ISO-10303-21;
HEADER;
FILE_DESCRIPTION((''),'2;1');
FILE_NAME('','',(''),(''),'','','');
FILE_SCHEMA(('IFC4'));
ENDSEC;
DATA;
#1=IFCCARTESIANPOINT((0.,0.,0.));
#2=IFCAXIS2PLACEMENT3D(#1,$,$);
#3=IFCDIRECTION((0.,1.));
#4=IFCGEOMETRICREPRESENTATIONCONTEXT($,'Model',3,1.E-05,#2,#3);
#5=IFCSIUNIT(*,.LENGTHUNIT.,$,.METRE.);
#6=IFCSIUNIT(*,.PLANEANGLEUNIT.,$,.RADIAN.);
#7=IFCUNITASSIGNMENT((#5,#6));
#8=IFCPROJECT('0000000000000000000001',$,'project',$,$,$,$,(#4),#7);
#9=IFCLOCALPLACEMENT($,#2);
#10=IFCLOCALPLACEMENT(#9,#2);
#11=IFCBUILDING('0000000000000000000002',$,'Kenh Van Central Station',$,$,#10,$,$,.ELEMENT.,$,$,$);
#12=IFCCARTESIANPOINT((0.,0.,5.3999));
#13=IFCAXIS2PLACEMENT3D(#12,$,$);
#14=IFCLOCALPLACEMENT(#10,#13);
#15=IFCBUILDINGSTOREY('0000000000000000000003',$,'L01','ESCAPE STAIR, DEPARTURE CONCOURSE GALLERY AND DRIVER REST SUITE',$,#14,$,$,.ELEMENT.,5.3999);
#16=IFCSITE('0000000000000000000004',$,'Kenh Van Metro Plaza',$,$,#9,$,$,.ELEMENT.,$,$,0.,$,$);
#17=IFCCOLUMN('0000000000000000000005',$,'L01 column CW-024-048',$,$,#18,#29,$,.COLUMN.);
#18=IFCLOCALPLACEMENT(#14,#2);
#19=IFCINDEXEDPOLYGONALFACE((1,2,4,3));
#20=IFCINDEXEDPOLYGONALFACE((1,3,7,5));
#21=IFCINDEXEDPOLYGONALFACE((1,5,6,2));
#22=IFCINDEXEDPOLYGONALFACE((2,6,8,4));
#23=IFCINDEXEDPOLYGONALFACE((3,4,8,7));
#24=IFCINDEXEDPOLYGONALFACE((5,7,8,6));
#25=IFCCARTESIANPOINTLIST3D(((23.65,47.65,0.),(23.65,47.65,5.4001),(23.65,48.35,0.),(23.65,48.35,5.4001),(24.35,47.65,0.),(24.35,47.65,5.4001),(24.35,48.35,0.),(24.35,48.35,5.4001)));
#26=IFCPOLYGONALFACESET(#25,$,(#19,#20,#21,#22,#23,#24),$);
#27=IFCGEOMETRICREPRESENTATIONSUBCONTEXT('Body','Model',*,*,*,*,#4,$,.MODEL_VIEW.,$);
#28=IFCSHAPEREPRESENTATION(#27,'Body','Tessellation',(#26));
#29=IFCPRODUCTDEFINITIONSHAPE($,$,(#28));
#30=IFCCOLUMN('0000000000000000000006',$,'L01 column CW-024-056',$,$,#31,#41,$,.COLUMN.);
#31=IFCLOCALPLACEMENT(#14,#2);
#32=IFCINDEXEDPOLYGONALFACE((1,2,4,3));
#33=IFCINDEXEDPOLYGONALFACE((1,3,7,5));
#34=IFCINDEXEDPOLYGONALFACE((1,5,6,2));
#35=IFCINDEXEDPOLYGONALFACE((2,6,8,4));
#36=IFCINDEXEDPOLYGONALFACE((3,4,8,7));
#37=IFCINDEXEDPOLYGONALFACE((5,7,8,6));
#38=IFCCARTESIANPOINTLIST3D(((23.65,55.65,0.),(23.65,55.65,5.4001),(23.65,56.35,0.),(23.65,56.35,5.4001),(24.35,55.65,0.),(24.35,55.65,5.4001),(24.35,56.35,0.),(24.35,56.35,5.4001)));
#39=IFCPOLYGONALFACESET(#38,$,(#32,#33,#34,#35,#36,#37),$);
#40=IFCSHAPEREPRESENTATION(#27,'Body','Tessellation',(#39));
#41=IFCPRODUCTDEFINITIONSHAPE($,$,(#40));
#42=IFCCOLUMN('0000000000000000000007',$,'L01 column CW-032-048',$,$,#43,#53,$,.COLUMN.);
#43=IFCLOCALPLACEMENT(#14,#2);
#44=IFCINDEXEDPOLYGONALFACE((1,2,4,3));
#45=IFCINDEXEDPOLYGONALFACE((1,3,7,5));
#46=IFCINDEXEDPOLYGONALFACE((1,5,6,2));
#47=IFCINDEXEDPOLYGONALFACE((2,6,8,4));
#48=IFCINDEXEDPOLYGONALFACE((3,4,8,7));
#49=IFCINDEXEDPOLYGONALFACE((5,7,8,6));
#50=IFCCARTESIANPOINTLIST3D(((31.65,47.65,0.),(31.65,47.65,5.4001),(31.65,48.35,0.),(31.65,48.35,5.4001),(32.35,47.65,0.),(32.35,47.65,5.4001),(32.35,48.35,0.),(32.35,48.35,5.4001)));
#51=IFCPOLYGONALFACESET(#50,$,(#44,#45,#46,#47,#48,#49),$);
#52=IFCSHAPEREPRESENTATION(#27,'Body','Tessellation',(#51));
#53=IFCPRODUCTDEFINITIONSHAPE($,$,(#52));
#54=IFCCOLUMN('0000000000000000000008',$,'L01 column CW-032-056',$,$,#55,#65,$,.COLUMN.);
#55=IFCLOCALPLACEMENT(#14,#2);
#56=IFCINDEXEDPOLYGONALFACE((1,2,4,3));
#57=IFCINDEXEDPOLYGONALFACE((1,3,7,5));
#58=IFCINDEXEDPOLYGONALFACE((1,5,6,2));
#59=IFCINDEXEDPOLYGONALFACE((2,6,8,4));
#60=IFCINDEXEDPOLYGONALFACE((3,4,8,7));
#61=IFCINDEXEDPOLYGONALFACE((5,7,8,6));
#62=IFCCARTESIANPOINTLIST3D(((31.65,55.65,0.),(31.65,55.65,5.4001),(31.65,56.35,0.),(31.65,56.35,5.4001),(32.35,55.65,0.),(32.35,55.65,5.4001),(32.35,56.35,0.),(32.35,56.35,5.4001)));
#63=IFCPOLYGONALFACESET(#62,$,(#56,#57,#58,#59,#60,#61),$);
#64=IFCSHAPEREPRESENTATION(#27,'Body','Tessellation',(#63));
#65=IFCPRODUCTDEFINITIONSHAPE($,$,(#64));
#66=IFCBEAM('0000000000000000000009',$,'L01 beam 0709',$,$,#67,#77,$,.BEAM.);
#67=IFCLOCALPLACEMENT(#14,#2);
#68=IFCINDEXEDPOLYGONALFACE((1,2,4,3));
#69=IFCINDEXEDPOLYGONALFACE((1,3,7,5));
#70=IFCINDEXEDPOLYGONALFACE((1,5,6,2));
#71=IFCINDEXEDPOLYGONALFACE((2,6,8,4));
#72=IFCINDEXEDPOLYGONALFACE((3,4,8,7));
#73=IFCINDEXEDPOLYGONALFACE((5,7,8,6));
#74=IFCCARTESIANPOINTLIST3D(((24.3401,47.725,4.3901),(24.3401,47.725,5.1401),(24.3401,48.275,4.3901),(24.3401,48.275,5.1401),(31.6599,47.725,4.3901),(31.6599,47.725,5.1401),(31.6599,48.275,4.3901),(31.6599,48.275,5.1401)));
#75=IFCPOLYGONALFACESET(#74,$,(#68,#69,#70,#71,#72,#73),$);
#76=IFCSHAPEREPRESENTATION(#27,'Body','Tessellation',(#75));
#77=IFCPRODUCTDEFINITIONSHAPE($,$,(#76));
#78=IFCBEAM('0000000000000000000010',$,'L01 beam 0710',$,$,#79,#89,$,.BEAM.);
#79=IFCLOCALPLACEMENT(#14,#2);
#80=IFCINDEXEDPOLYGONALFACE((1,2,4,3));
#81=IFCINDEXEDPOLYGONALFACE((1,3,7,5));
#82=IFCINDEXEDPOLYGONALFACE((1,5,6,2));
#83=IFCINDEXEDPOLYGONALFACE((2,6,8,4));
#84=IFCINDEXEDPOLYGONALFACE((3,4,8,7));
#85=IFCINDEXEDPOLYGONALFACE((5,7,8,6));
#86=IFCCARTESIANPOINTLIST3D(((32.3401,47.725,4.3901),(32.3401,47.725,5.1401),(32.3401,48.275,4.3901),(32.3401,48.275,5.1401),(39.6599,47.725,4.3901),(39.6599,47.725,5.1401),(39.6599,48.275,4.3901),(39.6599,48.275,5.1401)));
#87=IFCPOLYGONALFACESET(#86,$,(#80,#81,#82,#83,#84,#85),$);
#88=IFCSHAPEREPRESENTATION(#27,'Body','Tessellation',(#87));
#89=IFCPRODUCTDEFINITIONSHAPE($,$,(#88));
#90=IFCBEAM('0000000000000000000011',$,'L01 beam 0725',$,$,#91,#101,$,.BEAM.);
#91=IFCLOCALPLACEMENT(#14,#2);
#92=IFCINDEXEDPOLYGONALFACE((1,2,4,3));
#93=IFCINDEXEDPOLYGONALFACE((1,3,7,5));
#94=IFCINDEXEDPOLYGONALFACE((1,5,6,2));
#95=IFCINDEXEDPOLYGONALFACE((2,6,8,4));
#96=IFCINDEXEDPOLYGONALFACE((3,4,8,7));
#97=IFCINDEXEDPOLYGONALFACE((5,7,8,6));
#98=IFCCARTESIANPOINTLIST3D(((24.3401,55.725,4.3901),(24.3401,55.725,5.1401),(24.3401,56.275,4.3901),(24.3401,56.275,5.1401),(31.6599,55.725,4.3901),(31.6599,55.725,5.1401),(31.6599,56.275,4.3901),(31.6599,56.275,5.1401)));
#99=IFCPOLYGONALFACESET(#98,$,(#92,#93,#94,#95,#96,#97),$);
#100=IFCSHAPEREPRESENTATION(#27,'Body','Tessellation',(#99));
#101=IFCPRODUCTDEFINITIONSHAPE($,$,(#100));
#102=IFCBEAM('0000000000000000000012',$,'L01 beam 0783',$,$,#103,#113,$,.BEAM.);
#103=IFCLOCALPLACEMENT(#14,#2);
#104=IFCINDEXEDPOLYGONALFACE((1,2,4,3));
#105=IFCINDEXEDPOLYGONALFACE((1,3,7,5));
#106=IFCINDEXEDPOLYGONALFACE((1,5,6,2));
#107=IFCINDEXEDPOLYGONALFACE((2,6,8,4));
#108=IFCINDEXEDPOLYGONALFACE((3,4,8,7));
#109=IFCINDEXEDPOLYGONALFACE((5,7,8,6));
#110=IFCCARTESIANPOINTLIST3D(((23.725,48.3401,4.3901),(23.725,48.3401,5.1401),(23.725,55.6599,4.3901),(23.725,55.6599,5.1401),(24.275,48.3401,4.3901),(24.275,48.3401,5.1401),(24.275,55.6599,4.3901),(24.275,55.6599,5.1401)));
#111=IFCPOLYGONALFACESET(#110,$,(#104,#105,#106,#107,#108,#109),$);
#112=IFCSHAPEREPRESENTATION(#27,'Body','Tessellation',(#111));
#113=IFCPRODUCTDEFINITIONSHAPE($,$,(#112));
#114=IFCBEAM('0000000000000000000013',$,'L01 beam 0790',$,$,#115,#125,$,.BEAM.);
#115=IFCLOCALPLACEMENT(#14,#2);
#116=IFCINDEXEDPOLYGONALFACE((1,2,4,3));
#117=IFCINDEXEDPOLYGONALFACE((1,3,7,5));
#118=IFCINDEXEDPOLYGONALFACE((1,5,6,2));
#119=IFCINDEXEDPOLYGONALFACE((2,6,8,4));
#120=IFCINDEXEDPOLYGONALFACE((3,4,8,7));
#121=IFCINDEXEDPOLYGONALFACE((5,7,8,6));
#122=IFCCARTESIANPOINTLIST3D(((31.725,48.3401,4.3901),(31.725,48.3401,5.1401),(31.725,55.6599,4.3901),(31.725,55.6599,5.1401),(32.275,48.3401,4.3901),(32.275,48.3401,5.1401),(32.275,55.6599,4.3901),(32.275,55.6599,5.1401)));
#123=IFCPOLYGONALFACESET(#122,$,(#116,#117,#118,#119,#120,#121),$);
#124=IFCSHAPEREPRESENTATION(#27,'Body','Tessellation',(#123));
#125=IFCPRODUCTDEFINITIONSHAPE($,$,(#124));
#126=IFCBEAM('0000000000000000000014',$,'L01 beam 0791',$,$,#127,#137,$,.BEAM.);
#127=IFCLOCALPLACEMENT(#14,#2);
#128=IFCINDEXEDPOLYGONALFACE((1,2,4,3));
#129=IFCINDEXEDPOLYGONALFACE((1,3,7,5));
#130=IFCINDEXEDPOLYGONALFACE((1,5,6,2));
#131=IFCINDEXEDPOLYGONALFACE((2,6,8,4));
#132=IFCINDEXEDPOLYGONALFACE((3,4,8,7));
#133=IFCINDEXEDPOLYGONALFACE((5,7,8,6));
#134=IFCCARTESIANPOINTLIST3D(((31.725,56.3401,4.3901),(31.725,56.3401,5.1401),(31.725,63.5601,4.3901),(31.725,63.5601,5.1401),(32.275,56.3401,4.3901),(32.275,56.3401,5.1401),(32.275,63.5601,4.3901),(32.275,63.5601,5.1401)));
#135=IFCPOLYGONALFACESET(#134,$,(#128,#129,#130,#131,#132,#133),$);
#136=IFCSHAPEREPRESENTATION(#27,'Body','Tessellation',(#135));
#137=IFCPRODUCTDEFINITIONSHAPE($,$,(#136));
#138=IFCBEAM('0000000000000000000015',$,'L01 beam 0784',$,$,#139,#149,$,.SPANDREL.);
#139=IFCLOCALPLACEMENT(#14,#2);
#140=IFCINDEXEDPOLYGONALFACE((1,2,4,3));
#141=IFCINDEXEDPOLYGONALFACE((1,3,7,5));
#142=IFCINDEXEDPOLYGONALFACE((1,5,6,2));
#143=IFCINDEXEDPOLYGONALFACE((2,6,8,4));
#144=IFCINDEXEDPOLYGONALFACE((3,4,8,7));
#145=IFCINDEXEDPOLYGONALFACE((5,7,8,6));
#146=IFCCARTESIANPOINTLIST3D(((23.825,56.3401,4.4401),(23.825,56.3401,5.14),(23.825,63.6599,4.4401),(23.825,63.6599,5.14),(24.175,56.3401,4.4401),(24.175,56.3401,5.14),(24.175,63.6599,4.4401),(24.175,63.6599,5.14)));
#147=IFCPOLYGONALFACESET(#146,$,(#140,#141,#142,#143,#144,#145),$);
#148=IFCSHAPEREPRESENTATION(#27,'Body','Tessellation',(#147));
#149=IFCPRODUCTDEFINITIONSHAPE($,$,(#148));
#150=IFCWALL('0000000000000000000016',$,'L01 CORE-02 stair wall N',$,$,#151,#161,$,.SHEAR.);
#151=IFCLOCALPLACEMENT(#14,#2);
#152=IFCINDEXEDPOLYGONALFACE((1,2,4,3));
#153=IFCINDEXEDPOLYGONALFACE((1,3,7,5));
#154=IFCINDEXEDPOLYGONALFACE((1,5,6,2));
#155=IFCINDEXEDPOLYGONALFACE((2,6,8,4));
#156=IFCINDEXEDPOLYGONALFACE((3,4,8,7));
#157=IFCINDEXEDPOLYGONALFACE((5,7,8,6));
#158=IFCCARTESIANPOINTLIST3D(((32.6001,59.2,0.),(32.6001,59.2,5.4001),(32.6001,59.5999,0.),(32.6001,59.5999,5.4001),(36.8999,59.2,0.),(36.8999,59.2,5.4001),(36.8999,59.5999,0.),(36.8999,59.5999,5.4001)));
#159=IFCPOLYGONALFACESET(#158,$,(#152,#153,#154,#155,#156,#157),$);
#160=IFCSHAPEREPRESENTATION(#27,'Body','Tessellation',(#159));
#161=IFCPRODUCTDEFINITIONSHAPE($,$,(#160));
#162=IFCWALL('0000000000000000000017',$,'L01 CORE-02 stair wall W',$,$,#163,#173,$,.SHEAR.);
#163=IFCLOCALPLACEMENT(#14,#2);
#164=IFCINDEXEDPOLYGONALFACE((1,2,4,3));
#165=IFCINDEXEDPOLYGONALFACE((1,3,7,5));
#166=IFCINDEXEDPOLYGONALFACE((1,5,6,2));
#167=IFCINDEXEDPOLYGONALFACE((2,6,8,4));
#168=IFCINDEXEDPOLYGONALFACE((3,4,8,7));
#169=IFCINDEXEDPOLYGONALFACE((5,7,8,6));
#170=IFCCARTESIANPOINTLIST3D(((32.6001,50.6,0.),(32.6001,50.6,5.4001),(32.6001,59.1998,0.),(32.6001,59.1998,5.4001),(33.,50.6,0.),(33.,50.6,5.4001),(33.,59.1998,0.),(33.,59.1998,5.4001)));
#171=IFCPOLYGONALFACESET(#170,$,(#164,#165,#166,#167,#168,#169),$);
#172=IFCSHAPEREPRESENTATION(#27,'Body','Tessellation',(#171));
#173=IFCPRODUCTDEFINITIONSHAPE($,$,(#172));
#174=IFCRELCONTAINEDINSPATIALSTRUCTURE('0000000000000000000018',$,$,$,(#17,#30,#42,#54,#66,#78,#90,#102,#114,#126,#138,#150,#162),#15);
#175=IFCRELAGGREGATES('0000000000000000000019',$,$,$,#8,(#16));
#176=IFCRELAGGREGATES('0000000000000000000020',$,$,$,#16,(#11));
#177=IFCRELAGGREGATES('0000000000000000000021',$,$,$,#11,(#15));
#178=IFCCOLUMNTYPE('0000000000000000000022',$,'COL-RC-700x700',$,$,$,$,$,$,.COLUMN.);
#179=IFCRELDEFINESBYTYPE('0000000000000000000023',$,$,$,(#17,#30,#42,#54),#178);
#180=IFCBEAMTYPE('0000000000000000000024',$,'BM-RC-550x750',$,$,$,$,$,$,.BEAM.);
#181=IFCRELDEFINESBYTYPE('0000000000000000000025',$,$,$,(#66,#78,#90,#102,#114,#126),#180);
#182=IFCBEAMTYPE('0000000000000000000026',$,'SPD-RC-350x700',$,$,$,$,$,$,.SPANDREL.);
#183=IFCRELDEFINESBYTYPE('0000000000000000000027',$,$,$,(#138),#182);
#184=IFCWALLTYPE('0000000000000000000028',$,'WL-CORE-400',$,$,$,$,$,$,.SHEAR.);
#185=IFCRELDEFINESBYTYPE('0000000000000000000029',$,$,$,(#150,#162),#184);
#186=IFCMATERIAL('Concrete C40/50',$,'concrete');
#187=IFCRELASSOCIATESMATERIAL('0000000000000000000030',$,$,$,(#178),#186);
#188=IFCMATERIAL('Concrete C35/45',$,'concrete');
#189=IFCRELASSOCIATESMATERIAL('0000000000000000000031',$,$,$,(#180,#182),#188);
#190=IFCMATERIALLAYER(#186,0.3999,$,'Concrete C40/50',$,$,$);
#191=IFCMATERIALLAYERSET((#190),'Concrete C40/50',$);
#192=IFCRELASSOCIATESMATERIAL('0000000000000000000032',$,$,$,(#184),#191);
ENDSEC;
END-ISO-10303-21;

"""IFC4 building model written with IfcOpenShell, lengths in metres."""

from ifc_helpers import new_model, si_unit, direction, frame, frame_2d, origin, origin_2d, place, context, subcontext, project, spatial, rectangle, extrude, material, layer, layer_set, material_profile, profile_set, type_object, element, save


model = new_model("IFC4")

# Units and contexts
model_context = context("Model", 3, precision=1e-05, world=origin(), true_north=direction((0.0, 1.0)))
body_context = subcontext(model_context, "Body", "Model", "MODEL_VIEW")
ifc_project = project(units=[si_unit("LENGTHUNIT", "METRE"), si_unit("PLANEANGLEUNIT", "RADIAN")], contexts=[model_context])

# Site, building, storey
site_placement = place(None, origin())
site = spatial("IfcSite", under=ifc_project, at=site_placement, Name="Kenh Van Metro Plaza", CompositionType="ELEMENT", RefElevation=0.0)
building_placement = place(site_placement, origin())
building = spatial("IfcBuilding", under=site, at=building_placement, Name="Kenh Van Central Station", CompositionType="ELEMENT")
storey_placement = place(building_placement, frame((0.0, 0.0, 5.3999)))
storey = spatial("IfcBuildingStorey", under=building, at=storey_placement, Name="L01", Description="ESCAPE STAIR, DEPARTURE CONCOURSE GALLERY AND DRIVER REST SUITE", CompositionType="ELEMENT", Elevation=5.3999)

# Columns
ifc_material_1 = material(Name="Concrete C40/50", Category="concrete")
ifc_material_profile_1 = material_profile(ifc_material_1, rectangle(XDim=0.7, YDim=0.7, at=origin_2d()), Name="RC 700x700")
ifc_profile_set_1 = profile_set([ifc_material_profile_1], Name="Concrete C40/50")
column_type = type_object("IfcColumnType", Name="COL-RC-700x700", PredefinedType="COLUMN", material=ifc_profile_set_1)
for number, where, z_axis, x_axis, name in (
    (1, (24.0, 48.0, 0.0), (0.0, 0.0, 1.0), (1.0, 0.0, 0.0), "L01 column CW-024-048"),
    (2, (24.0, 56.0, 0.0), (0.0, 0.0, 1.0), (1.0, 0.0, 0.0), "L01 column CW-024-056"),
    (3, (32.0, 48.0, 0.0), (0.0, 0.0, 1.0), (1.0, 0.0, 0.0), "L01 column CW-032-048"),
    (4, (32.0, 56.0, 0.0), (0.0, 0.0, 1.0), (1.0, 0.0, 0.0), "L01 column CW-032-056"),
):
    element("IfcColumn", number, at=place(storey_placement, frame(where, z_axis=z_axis, x_axis=x_axis)), inside=storey, type_object=column_type, Name=name, PredefinedType="COLUMN", context=body_context, shape_type="SweptSolid", body=[
        extrude(rectangle(XDim=0.7, YDim=0.7, at=origin_2d()), origin(), (0.0, 0.0, 1.0), 5.4001),
    ])

# Beams
ifc_material_2 = material(Name="Concrete C35/45", Category="concrete")
ifc_material_profile_2 = material_profile(ifc_material_2, rectangle(XDim=0.55, YDim=0.75, at=origin_2d()), Name="RC 550x750")
ifc_profile_set_2 = profile_set([ifc_material_profile_2], Name="Concrete C35/45")
beam_type_1 = type_object("IfcBeamType", Name="BM-RC-550x750", PredefinedType="BEAM", material=ifc_profile_set_2)
for number, where, z_axis, x_axis, name in (
    (5, (24.3401, 48.0, 4.7651), (1.0, 0.0, 0.0), (0.0, 1.0, 0.0), "L01 beam 0709"),
    (6, (32.3401, 48.0, 4.7651), (1.0, 0.0, 0.0), (0.0, 1.0, 0.0), "L01 beam 0710"),
    (7, (24.3401, 56.0, 4.7651), (1.0, 0.0, 0.0), (0.0, 1.0, 0.0), "L01 beam 0725"),
    (8, (24.0, 48.3401, 4.7651), (0.0, 1.0, 0.0), (-1.0, 0.0, 0.0), "L01 beam 0783"),
    (9, (32.0, 48.3401, 4.7651), (0.0, 1.0, 0.0), (-1.0, 0.0, 0.0), "L01 beam 0790"),
):
    element("IfcBeam", number, at=place(storey_placement, frame(where, z_axis=z_axis, x_axis=x_axis)), inside=storey, type_object=beam_type_1, Name=name, PredefinedType="BEAM", context=body_context, shape_type="SweptSolid", body=[
        extrude(rectangle(XDim=0.55, YDim=0.75, at=origin_2d()), origin(), (0.0, 0.0, 1.0), 7.3198),
    ])
beam_1_placement = place(storey_placement, frame((32.0, 56.3401, 4.7651), z_axis=(0.0, 1.0, 0.0), x_axis=(-1.0, 0.0, 0.0)))
element("IfcBeam", 10, at=beam_1_placement, inside=storey, type_object=beam_type_1, Name="L01 beam 0791", PredefinedType="BEAM", context=body_context, shape_type="SweptSolid", body=[
    extrude(rectangle(XDim=0.55, YDim=0.75, at=origin_2d()), origin(), (0.0, 0.0, 1.0), 7.22),
])
ifc_material_profile_3 = material_profile(ifc_material_2, rectangle(XDim=0.3501, YDim=0.7, at=origin_2d()), Name="RC 350x700")
ifc_profile_set_3 = profile_set([ifc_material_profile_3], Name="Concrete C35/45")
beam_type_2 = type_object("IfcBeamType", Name="SPD-RC-350x700", PredefinedType="SPANDREL", material=ifc_profile_set_3)
beam_2_placement = place(storey_placement, frame((24.0, 56.3401, 4.79), z_axis=(0.0, 1.0, 0.0), x_axis=(-1.0, 0.0, 0.0)))
element("IfcBeam", 11, at=beam_2_placement, inside=storey, type_object=beam_type_2, Name="L01 beam 0784", PredefinedType="SPANDREL", context=body_context, shape_type="SweptSolid", body=[
    extrude(rectangle(XDim=0.3501, YDim=0.7, at=origin_2d()), origin(), (0.0, 0.0, 1.0), 7.3198),
])

# Shared definitions
ifc_layer_1 = layer(ifc_material_1, 0.3999, Name="Concrete C40/50")
ifc_layer_set_1 = layer_set([ifc_layer_1], Name="Concrete C40/50")
wall_type = type_object("IfcWallType", Name="WL-CORE-400", PredefinedType="SHEAR", material=ifc_layer_set_1)

# Walls
wall_1_placement = place(storey_placement, frame((32.6001, 59.3999, 0.0), z_axis=(0.0, 0.0, 1.0), x_axis=(1.0, 0.0, 0.0)))
element("IfcWall", 12, at=wall_1_placement, inside=storey, type_object=wall_type, Name="L01 CORE-02 stair wall N", PredefinedType="SHEAR", context=body_context, shape_type="SweptSolid", body=[
    extrude(rectangle(XDim=4.2998, YDim=0.3999, at=frame_2d((2.1499, 0.0))), origin(), (0.0, 0.0, 1.0), 5.4001),
])
wall_2_placement = place(storey_placement, frame((32.8, 50.6001, 0.0), z_axis=(0.0, 0.0, 1.0), x_axis=(0.0, 1.0, 0.0)))
element("IfcWall", 13, at=wall_2_placement, inside=storey, type_object=wall_type, Name="L01 CORE-02 stair wall W", PredefinedType="SHEAR", context=body_context, shape_type="SweptSolid", body=[
    extrude(rectangle(XDim=8.5999, YDim=0.3999, at=frame_2d((4.2998, 0.0))), origin(), (0.0, 0.0, 1.0), 5.4001),
])

save(model, "model.ifc")
